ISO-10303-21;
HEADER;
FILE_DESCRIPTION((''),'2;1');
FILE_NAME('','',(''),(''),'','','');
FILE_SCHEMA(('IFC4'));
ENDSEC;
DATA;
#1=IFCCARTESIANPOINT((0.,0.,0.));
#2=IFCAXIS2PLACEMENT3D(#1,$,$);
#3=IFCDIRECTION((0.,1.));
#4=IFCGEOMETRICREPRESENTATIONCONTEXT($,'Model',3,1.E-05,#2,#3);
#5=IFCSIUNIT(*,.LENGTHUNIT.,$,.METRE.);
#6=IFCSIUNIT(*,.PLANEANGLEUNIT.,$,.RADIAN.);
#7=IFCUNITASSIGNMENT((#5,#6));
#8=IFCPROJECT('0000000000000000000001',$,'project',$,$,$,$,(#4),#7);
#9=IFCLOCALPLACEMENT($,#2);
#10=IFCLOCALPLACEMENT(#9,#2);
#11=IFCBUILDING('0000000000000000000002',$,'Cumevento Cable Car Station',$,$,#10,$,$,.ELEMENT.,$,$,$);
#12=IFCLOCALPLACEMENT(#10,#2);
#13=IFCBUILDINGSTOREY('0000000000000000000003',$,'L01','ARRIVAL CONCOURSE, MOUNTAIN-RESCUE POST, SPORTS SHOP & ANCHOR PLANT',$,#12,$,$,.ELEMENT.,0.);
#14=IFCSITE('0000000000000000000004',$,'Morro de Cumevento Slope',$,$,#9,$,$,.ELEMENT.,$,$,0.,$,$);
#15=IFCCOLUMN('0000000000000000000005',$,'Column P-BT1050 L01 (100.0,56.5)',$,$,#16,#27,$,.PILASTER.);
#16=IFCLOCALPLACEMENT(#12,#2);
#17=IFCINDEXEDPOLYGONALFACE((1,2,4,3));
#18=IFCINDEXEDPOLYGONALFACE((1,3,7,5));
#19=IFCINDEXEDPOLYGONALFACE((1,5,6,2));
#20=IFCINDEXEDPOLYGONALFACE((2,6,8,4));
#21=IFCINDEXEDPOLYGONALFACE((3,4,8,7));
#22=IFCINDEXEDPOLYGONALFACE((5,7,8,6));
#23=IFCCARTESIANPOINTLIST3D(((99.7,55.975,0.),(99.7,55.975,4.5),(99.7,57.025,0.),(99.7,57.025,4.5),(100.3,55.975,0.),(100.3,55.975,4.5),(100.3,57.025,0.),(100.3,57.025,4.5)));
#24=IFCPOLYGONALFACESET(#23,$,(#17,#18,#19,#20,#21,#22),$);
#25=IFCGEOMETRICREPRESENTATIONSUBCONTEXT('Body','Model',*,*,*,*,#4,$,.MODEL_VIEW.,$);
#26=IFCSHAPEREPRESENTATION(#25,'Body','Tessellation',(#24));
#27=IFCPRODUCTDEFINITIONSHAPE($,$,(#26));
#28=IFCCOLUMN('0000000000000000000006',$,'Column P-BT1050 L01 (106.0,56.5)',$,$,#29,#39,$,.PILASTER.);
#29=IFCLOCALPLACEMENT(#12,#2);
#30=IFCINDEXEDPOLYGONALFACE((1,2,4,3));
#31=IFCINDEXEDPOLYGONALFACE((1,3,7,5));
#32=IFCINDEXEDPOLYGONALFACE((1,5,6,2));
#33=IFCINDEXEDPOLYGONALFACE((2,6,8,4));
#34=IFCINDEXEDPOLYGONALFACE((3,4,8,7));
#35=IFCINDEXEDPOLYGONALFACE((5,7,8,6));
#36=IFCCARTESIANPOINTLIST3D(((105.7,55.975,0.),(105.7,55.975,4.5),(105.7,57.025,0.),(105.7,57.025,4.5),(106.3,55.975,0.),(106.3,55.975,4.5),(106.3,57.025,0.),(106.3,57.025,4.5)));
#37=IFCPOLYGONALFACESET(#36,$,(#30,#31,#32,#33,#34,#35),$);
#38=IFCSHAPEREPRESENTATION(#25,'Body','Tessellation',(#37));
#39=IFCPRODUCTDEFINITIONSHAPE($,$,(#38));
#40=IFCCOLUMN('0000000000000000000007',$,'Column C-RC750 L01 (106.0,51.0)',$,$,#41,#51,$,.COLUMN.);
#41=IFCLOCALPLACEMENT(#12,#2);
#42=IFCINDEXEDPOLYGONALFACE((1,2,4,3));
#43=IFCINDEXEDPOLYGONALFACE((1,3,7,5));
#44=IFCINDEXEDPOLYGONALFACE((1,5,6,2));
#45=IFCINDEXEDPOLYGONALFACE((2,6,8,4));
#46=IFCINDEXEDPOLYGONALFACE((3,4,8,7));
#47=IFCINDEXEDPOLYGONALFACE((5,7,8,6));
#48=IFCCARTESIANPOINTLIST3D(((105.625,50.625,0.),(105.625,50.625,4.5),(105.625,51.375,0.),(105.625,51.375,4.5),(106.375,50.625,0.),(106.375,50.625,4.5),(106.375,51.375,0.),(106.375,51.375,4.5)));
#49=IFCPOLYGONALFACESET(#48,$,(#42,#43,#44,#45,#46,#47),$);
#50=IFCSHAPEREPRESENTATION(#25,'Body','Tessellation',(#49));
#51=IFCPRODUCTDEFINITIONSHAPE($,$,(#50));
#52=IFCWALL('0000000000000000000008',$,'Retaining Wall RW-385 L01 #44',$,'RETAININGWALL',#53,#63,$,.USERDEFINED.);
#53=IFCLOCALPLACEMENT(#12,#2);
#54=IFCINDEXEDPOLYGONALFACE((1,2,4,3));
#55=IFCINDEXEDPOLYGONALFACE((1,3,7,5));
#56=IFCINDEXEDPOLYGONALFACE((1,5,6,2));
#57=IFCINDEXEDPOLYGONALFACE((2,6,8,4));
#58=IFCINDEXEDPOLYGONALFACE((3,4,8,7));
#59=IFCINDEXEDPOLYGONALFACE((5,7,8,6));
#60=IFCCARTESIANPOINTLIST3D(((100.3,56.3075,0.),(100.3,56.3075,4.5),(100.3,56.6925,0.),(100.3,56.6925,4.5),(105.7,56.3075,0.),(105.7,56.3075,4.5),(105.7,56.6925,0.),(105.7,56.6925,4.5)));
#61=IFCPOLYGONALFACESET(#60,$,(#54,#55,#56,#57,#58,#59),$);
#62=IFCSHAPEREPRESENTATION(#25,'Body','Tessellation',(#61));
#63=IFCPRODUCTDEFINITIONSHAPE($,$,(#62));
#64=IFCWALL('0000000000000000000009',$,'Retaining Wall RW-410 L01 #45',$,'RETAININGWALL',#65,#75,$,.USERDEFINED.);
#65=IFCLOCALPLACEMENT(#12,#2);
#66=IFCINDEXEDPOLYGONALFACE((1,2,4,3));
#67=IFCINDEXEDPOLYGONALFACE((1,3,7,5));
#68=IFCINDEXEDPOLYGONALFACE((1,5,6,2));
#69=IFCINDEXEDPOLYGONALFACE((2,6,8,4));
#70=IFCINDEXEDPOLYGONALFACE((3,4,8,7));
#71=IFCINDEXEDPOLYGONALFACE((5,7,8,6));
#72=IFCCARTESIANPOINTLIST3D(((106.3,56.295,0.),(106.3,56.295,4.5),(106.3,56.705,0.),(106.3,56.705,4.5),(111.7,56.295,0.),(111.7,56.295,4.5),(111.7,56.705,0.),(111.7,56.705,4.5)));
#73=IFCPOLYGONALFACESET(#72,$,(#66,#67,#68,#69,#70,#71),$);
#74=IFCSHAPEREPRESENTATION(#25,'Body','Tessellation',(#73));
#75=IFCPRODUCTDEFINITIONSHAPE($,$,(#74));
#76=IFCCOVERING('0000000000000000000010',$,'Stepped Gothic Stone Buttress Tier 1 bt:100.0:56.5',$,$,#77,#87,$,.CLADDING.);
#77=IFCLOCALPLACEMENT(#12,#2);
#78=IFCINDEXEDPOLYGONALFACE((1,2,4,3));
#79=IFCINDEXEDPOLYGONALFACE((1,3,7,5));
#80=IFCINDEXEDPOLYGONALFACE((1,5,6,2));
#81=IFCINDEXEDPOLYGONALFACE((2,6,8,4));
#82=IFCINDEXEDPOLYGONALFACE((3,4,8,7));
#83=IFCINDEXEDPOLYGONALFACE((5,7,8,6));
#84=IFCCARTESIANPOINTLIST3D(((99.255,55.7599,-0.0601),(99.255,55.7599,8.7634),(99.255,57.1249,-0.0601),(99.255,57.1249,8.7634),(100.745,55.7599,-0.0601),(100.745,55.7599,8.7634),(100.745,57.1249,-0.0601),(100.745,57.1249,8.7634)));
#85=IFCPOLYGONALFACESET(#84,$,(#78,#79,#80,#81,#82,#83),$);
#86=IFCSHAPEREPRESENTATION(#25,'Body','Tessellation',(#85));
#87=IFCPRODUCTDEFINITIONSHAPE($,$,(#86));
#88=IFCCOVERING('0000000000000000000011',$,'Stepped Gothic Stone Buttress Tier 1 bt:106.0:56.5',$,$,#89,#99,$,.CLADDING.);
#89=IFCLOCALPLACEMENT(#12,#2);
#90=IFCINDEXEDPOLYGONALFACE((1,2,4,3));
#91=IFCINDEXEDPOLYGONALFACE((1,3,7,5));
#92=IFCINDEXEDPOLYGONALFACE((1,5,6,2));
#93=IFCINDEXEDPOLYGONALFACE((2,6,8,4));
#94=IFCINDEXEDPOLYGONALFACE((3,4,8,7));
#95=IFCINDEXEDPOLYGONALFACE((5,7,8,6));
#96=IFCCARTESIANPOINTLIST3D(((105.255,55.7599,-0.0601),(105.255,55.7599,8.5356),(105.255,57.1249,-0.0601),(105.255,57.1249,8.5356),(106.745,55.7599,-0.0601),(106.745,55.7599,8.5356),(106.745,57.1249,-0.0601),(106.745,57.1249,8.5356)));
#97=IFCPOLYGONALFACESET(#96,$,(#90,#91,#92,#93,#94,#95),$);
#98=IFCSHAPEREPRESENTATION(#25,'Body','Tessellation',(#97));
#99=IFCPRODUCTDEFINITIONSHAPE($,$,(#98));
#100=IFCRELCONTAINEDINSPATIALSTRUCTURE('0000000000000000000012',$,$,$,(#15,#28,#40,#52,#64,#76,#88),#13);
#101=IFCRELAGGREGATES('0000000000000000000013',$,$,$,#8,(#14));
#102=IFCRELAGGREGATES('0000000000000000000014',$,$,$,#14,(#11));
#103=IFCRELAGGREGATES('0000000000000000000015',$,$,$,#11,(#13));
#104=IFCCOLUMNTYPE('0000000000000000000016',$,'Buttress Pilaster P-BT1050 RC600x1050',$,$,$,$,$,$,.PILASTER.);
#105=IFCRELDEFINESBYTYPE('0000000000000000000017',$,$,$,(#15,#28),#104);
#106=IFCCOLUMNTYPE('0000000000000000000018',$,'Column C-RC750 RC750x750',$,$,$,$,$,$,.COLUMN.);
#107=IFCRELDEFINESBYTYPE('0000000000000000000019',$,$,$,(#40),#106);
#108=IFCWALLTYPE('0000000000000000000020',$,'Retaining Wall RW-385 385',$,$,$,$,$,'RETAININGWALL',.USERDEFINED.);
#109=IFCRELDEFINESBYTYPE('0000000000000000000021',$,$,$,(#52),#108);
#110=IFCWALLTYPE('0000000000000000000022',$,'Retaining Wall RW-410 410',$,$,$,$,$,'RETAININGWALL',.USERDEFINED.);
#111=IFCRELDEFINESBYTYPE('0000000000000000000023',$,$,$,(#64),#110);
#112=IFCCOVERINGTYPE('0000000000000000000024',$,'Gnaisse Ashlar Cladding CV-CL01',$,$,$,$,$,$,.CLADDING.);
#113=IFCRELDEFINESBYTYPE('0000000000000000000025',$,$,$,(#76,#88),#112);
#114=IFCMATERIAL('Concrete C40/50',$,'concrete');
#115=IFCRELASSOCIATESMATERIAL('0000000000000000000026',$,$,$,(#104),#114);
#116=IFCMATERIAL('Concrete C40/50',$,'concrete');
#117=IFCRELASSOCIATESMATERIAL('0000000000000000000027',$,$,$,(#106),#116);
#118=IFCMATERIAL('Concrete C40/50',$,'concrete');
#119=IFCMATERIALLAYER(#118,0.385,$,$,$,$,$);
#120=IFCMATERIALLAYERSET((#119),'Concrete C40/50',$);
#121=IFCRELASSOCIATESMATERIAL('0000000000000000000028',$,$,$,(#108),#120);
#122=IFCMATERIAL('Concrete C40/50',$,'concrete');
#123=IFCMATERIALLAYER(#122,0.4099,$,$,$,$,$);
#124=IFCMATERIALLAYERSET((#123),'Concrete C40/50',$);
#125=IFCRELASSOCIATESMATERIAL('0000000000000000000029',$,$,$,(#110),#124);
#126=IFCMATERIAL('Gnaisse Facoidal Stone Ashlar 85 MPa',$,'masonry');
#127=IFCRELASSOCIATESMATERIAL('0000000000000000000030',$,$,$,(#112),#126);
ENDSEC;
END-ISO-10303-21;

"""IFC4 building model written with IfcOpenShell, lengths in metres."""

from ifc_helpers import new_model, si_unit, direction, frame, frame_2d, origin, origin_2d, place, context, subcontext, project, spatial, rectangle, extrude, material, layer, layer_set, material_profile, profile_set, type_object, element, save


model = new_model("IFC4")

# Units and contexts
model_context = context("Model", 3, precision=1e-05, world=origin(), true_north=direction((0.0, 1.0)))
body_context = subcontext(model_context, "Body", "Model", "MODEL_VIEW")
ifc_project = project(units=[si_unit("LENGTHUNIT", "METRE"), si_unit("PLANEANGLEUNIT", "RADIAN")], contexts=[model_context])

# Site, building, storey
site_placement = place(None, origin())
site = spatial("IfcSite", under=ifc_project, at=site_placement, Name="Morro de Cumevento Slope", CompositionType="ELEMENT", RefElevation=0.0)
building_placement = place(site_placement, origin())
building = spatial("IfcBuilding", under=site, at=building_placement, Name="Cumevento Cable Car Station", CompositionType="ELEMENT")
storey_placement = place(building_placement, origin())
storey = spatial("IfcBuildingStorey", under=building, at=storey_placement, Name="L01", Description="ARRIVAL CONCOURSE, MOUNTAIN-RESCUE POST, SPORTS SHOP & ANCHOR PLANT", CompositionType="ELEMENT", Elevation=0.0)

# Columns
ifc_material_1 = material(Name="Concrete C40/50", Category="concrete")
ifc_material_profile_1 = material_profile(ifc_material_1, rectangle(XDim=0.6001, YDim=1.05, at=origin_2d()), Name="RC600x1050")
ifc_profile_set_1 = profile_set([ifc_material_profile_1], Name="Concrete C40/50")
column_type_1 = type_object("IfcColumnType", Name="Buttress Pilaster P-BT1050 RC600x1050", PredefinedType="PILASTER", material=ifc_profile_set_1)
for number, where, z_axis, x_axis, name in (
    (1, (100.0, 56.5, 0.0), (0.0, 0.0, 1.0), (1.0, 0.0, 0.0), "Column P-BT1050 L01 (100.0,56.5)"),
    (2, (106.0, 56.5, 0.0), (0.0, 0.0, 1.0), (1.0, 0.0, 0.0), "Column P-BT1050 L01 (106.0,56.5)"),
):
    element("IfcColumn", number, at=place(storey_placement, frame(where, z_axis=z_axis, x_axis=x_axis)), inside=storey, type_object=column_type_1, Name=name, PredefinedType="PILASTER", context=body_context, shape_type="SweptSolid", body=[
        extrude(rectangle(XDim=0.6001, YDim=1.05, at=origin_2d()), origin(), (0.0, 0.0, 1.0), 4.5),
    ])
ifc_material_2 = material(Name="Concrete C40/50", Category="concrete")
ifc_material_profile_2 = material_profile(ifc_material_2, rectangle(XDim=0.75, YDim=0.75, at=origin_2d()), Name="RC750x750")
ifc_profile_set_2 = profile_set([ifc_material_profile_2], Name="Concrete C40/50")
column_type_2 = type_object("IfcColumnType", Name="Column C-RC750 RC750x750", PredefinedType="COLUMN", material=ifc_profile_set_2)
column_placement = place(storey_placement, frame((106.0, 51.0, 0.0), z_axis=(0.0, 0.0, 1.0), x_axis=(1.0, 0.0, 0.0)))
element("IfcColumn", 3, at=column_placement, inside=storey, type_object=column_type_2, Name="Column C-RC750 L01 (106.0,51.0)", PredefinedType="COLUMN", context=body_context, shape_type="SweptSolid", body=[
    extrude(rectangle(XDim=0.75, YDim=0.75, at=origin_2d()), origin(), (0.0, 0.0, 1.0), 4.5),
])

# Walls
ifc_material_3 = material(Name="Concrete C40/50", Category="concrete")
ifc_layer_1 = layer(ifc_material_3, 0.385)
ifc_layer_set_1 = layer_set([ifc_layer_1], Name="Concrete C40/50")
wall_type_1 = type_object("IfcWallType", Name="Retaining Wall RW-385 385", ElementType="RETAININGWALL", PredefinedType="USERDEFINED", material=ifc_layer_set_1)
wall_1_placement = place(storey_placement, frame((100.3, 56.5, 0.0), z_axis=(0.0, 0.0, 1.0), x_axis=(1.0, 0.0, 0.0)))
element("IfcWall", 4, at=wall_1_placement, inside=storey, type_object=wall_type_1, Name="Retaining Wall RW-385 L01 #44", ObjectType="RETAININGWALL", PredefinedType="USERDEFINED", context=body_context, shape_type="SweptSolid", body=[
    extrude(rectangle(XDim=5.3999, YDim=0.385, at=frame_2d((2.7, 0.0))), origin(), (0.0, 0.0, 1.0), 4.5),
])
ifc_material_4 = material(Name="Concrete C40/50", Category="concrete")
ifc_layer_2 = layer(ifc_material_4, 0.4099)
ifc_layer_set_2 = layer_set([ifc_layer_2], Name="Concrete C40/50")
wall_type_2 = type_object("IfcWallType", Name="Retaining Wall RW-410 410", ElementType="RETAININGWALL", PredefinedType="USERDEFINED", material=ifc_layer_set_2)
wall_2_placement = place(storey_placement, frame((106.3, 56.5, 0.0), z_axis=(0.0, 0.0, 1.0), x_axis=(1.0, 0.0, 0.0)))
element("IfcWall", 5, at=wall_2_placement, inside=storey, type_object=wall_type_2, Name="Retaining Wall RW-410 L01 #45", ObjectType="RETAININGWALL", PredefinedType="USERDEFINED", context=body_context, shape_type="SweptSolid", body=[
    extrude(rectangle(XDim=5.3999, YDim=0.4099, at=frame_2d((2.7, 0.0))), origin(), (0.0, 0.0, 1.0), 4.5),
])

# Coverings
ifc_material_5 = material(Name="Gnaisse Facoidal Stone Ashlar 85 MPa", Category="masonry")
covering_type = type_object("IfcCoveringType", Name="Gnaisse Ashlar Cladding CV-CL01", PredefinedType="CLADDING", material=ifc_material_5)
covering_1_placement = place(storey_placement, frame((100.0, 56.4424, -0.0601), z_axis=(0.0, 0.0, 1.0), x_axis=(1.0, 0.0, 0.0)))
element("IfcCovering", 6, at=covering_1_placement, inside=storey, type_object=covering_type, Name="Stepped Gothic Stone Buttress Tier 1 bt:100.0:56.5", PredefinedType="CLADDING", context=body_context, shape_type="SweptSolid", body=[
    extrude(rectangle(XDim=1.49, YDim=1.365, at=origin_2d()), origin(), (0.0, 0.0, 1.0), 8.8235),
])
covering_2_placement = place(storey_placement, frame((106.0, 56.4424, -0.0601), z_axis=(0.0, 0.0, 1.0), x_axis=(1.0, 0.0, 0.0)))
element("IfcCovering", 7, at=covering_2_placement, inside=storey, type_object=covering_type, Name="Stepped Gothic Stone Buttress Tier 1 bt:106.0:56.5", PredefinedType="CLADDING", context=body_context, shape_type="SweptSolid", body=[
    extrude(rectangle(XDim=1.49, YDim=1.365, at=origin_2d()), origin(), (0.0, 0.0, 1.0), 8.5957),
])

save(model, "model.ifc")
